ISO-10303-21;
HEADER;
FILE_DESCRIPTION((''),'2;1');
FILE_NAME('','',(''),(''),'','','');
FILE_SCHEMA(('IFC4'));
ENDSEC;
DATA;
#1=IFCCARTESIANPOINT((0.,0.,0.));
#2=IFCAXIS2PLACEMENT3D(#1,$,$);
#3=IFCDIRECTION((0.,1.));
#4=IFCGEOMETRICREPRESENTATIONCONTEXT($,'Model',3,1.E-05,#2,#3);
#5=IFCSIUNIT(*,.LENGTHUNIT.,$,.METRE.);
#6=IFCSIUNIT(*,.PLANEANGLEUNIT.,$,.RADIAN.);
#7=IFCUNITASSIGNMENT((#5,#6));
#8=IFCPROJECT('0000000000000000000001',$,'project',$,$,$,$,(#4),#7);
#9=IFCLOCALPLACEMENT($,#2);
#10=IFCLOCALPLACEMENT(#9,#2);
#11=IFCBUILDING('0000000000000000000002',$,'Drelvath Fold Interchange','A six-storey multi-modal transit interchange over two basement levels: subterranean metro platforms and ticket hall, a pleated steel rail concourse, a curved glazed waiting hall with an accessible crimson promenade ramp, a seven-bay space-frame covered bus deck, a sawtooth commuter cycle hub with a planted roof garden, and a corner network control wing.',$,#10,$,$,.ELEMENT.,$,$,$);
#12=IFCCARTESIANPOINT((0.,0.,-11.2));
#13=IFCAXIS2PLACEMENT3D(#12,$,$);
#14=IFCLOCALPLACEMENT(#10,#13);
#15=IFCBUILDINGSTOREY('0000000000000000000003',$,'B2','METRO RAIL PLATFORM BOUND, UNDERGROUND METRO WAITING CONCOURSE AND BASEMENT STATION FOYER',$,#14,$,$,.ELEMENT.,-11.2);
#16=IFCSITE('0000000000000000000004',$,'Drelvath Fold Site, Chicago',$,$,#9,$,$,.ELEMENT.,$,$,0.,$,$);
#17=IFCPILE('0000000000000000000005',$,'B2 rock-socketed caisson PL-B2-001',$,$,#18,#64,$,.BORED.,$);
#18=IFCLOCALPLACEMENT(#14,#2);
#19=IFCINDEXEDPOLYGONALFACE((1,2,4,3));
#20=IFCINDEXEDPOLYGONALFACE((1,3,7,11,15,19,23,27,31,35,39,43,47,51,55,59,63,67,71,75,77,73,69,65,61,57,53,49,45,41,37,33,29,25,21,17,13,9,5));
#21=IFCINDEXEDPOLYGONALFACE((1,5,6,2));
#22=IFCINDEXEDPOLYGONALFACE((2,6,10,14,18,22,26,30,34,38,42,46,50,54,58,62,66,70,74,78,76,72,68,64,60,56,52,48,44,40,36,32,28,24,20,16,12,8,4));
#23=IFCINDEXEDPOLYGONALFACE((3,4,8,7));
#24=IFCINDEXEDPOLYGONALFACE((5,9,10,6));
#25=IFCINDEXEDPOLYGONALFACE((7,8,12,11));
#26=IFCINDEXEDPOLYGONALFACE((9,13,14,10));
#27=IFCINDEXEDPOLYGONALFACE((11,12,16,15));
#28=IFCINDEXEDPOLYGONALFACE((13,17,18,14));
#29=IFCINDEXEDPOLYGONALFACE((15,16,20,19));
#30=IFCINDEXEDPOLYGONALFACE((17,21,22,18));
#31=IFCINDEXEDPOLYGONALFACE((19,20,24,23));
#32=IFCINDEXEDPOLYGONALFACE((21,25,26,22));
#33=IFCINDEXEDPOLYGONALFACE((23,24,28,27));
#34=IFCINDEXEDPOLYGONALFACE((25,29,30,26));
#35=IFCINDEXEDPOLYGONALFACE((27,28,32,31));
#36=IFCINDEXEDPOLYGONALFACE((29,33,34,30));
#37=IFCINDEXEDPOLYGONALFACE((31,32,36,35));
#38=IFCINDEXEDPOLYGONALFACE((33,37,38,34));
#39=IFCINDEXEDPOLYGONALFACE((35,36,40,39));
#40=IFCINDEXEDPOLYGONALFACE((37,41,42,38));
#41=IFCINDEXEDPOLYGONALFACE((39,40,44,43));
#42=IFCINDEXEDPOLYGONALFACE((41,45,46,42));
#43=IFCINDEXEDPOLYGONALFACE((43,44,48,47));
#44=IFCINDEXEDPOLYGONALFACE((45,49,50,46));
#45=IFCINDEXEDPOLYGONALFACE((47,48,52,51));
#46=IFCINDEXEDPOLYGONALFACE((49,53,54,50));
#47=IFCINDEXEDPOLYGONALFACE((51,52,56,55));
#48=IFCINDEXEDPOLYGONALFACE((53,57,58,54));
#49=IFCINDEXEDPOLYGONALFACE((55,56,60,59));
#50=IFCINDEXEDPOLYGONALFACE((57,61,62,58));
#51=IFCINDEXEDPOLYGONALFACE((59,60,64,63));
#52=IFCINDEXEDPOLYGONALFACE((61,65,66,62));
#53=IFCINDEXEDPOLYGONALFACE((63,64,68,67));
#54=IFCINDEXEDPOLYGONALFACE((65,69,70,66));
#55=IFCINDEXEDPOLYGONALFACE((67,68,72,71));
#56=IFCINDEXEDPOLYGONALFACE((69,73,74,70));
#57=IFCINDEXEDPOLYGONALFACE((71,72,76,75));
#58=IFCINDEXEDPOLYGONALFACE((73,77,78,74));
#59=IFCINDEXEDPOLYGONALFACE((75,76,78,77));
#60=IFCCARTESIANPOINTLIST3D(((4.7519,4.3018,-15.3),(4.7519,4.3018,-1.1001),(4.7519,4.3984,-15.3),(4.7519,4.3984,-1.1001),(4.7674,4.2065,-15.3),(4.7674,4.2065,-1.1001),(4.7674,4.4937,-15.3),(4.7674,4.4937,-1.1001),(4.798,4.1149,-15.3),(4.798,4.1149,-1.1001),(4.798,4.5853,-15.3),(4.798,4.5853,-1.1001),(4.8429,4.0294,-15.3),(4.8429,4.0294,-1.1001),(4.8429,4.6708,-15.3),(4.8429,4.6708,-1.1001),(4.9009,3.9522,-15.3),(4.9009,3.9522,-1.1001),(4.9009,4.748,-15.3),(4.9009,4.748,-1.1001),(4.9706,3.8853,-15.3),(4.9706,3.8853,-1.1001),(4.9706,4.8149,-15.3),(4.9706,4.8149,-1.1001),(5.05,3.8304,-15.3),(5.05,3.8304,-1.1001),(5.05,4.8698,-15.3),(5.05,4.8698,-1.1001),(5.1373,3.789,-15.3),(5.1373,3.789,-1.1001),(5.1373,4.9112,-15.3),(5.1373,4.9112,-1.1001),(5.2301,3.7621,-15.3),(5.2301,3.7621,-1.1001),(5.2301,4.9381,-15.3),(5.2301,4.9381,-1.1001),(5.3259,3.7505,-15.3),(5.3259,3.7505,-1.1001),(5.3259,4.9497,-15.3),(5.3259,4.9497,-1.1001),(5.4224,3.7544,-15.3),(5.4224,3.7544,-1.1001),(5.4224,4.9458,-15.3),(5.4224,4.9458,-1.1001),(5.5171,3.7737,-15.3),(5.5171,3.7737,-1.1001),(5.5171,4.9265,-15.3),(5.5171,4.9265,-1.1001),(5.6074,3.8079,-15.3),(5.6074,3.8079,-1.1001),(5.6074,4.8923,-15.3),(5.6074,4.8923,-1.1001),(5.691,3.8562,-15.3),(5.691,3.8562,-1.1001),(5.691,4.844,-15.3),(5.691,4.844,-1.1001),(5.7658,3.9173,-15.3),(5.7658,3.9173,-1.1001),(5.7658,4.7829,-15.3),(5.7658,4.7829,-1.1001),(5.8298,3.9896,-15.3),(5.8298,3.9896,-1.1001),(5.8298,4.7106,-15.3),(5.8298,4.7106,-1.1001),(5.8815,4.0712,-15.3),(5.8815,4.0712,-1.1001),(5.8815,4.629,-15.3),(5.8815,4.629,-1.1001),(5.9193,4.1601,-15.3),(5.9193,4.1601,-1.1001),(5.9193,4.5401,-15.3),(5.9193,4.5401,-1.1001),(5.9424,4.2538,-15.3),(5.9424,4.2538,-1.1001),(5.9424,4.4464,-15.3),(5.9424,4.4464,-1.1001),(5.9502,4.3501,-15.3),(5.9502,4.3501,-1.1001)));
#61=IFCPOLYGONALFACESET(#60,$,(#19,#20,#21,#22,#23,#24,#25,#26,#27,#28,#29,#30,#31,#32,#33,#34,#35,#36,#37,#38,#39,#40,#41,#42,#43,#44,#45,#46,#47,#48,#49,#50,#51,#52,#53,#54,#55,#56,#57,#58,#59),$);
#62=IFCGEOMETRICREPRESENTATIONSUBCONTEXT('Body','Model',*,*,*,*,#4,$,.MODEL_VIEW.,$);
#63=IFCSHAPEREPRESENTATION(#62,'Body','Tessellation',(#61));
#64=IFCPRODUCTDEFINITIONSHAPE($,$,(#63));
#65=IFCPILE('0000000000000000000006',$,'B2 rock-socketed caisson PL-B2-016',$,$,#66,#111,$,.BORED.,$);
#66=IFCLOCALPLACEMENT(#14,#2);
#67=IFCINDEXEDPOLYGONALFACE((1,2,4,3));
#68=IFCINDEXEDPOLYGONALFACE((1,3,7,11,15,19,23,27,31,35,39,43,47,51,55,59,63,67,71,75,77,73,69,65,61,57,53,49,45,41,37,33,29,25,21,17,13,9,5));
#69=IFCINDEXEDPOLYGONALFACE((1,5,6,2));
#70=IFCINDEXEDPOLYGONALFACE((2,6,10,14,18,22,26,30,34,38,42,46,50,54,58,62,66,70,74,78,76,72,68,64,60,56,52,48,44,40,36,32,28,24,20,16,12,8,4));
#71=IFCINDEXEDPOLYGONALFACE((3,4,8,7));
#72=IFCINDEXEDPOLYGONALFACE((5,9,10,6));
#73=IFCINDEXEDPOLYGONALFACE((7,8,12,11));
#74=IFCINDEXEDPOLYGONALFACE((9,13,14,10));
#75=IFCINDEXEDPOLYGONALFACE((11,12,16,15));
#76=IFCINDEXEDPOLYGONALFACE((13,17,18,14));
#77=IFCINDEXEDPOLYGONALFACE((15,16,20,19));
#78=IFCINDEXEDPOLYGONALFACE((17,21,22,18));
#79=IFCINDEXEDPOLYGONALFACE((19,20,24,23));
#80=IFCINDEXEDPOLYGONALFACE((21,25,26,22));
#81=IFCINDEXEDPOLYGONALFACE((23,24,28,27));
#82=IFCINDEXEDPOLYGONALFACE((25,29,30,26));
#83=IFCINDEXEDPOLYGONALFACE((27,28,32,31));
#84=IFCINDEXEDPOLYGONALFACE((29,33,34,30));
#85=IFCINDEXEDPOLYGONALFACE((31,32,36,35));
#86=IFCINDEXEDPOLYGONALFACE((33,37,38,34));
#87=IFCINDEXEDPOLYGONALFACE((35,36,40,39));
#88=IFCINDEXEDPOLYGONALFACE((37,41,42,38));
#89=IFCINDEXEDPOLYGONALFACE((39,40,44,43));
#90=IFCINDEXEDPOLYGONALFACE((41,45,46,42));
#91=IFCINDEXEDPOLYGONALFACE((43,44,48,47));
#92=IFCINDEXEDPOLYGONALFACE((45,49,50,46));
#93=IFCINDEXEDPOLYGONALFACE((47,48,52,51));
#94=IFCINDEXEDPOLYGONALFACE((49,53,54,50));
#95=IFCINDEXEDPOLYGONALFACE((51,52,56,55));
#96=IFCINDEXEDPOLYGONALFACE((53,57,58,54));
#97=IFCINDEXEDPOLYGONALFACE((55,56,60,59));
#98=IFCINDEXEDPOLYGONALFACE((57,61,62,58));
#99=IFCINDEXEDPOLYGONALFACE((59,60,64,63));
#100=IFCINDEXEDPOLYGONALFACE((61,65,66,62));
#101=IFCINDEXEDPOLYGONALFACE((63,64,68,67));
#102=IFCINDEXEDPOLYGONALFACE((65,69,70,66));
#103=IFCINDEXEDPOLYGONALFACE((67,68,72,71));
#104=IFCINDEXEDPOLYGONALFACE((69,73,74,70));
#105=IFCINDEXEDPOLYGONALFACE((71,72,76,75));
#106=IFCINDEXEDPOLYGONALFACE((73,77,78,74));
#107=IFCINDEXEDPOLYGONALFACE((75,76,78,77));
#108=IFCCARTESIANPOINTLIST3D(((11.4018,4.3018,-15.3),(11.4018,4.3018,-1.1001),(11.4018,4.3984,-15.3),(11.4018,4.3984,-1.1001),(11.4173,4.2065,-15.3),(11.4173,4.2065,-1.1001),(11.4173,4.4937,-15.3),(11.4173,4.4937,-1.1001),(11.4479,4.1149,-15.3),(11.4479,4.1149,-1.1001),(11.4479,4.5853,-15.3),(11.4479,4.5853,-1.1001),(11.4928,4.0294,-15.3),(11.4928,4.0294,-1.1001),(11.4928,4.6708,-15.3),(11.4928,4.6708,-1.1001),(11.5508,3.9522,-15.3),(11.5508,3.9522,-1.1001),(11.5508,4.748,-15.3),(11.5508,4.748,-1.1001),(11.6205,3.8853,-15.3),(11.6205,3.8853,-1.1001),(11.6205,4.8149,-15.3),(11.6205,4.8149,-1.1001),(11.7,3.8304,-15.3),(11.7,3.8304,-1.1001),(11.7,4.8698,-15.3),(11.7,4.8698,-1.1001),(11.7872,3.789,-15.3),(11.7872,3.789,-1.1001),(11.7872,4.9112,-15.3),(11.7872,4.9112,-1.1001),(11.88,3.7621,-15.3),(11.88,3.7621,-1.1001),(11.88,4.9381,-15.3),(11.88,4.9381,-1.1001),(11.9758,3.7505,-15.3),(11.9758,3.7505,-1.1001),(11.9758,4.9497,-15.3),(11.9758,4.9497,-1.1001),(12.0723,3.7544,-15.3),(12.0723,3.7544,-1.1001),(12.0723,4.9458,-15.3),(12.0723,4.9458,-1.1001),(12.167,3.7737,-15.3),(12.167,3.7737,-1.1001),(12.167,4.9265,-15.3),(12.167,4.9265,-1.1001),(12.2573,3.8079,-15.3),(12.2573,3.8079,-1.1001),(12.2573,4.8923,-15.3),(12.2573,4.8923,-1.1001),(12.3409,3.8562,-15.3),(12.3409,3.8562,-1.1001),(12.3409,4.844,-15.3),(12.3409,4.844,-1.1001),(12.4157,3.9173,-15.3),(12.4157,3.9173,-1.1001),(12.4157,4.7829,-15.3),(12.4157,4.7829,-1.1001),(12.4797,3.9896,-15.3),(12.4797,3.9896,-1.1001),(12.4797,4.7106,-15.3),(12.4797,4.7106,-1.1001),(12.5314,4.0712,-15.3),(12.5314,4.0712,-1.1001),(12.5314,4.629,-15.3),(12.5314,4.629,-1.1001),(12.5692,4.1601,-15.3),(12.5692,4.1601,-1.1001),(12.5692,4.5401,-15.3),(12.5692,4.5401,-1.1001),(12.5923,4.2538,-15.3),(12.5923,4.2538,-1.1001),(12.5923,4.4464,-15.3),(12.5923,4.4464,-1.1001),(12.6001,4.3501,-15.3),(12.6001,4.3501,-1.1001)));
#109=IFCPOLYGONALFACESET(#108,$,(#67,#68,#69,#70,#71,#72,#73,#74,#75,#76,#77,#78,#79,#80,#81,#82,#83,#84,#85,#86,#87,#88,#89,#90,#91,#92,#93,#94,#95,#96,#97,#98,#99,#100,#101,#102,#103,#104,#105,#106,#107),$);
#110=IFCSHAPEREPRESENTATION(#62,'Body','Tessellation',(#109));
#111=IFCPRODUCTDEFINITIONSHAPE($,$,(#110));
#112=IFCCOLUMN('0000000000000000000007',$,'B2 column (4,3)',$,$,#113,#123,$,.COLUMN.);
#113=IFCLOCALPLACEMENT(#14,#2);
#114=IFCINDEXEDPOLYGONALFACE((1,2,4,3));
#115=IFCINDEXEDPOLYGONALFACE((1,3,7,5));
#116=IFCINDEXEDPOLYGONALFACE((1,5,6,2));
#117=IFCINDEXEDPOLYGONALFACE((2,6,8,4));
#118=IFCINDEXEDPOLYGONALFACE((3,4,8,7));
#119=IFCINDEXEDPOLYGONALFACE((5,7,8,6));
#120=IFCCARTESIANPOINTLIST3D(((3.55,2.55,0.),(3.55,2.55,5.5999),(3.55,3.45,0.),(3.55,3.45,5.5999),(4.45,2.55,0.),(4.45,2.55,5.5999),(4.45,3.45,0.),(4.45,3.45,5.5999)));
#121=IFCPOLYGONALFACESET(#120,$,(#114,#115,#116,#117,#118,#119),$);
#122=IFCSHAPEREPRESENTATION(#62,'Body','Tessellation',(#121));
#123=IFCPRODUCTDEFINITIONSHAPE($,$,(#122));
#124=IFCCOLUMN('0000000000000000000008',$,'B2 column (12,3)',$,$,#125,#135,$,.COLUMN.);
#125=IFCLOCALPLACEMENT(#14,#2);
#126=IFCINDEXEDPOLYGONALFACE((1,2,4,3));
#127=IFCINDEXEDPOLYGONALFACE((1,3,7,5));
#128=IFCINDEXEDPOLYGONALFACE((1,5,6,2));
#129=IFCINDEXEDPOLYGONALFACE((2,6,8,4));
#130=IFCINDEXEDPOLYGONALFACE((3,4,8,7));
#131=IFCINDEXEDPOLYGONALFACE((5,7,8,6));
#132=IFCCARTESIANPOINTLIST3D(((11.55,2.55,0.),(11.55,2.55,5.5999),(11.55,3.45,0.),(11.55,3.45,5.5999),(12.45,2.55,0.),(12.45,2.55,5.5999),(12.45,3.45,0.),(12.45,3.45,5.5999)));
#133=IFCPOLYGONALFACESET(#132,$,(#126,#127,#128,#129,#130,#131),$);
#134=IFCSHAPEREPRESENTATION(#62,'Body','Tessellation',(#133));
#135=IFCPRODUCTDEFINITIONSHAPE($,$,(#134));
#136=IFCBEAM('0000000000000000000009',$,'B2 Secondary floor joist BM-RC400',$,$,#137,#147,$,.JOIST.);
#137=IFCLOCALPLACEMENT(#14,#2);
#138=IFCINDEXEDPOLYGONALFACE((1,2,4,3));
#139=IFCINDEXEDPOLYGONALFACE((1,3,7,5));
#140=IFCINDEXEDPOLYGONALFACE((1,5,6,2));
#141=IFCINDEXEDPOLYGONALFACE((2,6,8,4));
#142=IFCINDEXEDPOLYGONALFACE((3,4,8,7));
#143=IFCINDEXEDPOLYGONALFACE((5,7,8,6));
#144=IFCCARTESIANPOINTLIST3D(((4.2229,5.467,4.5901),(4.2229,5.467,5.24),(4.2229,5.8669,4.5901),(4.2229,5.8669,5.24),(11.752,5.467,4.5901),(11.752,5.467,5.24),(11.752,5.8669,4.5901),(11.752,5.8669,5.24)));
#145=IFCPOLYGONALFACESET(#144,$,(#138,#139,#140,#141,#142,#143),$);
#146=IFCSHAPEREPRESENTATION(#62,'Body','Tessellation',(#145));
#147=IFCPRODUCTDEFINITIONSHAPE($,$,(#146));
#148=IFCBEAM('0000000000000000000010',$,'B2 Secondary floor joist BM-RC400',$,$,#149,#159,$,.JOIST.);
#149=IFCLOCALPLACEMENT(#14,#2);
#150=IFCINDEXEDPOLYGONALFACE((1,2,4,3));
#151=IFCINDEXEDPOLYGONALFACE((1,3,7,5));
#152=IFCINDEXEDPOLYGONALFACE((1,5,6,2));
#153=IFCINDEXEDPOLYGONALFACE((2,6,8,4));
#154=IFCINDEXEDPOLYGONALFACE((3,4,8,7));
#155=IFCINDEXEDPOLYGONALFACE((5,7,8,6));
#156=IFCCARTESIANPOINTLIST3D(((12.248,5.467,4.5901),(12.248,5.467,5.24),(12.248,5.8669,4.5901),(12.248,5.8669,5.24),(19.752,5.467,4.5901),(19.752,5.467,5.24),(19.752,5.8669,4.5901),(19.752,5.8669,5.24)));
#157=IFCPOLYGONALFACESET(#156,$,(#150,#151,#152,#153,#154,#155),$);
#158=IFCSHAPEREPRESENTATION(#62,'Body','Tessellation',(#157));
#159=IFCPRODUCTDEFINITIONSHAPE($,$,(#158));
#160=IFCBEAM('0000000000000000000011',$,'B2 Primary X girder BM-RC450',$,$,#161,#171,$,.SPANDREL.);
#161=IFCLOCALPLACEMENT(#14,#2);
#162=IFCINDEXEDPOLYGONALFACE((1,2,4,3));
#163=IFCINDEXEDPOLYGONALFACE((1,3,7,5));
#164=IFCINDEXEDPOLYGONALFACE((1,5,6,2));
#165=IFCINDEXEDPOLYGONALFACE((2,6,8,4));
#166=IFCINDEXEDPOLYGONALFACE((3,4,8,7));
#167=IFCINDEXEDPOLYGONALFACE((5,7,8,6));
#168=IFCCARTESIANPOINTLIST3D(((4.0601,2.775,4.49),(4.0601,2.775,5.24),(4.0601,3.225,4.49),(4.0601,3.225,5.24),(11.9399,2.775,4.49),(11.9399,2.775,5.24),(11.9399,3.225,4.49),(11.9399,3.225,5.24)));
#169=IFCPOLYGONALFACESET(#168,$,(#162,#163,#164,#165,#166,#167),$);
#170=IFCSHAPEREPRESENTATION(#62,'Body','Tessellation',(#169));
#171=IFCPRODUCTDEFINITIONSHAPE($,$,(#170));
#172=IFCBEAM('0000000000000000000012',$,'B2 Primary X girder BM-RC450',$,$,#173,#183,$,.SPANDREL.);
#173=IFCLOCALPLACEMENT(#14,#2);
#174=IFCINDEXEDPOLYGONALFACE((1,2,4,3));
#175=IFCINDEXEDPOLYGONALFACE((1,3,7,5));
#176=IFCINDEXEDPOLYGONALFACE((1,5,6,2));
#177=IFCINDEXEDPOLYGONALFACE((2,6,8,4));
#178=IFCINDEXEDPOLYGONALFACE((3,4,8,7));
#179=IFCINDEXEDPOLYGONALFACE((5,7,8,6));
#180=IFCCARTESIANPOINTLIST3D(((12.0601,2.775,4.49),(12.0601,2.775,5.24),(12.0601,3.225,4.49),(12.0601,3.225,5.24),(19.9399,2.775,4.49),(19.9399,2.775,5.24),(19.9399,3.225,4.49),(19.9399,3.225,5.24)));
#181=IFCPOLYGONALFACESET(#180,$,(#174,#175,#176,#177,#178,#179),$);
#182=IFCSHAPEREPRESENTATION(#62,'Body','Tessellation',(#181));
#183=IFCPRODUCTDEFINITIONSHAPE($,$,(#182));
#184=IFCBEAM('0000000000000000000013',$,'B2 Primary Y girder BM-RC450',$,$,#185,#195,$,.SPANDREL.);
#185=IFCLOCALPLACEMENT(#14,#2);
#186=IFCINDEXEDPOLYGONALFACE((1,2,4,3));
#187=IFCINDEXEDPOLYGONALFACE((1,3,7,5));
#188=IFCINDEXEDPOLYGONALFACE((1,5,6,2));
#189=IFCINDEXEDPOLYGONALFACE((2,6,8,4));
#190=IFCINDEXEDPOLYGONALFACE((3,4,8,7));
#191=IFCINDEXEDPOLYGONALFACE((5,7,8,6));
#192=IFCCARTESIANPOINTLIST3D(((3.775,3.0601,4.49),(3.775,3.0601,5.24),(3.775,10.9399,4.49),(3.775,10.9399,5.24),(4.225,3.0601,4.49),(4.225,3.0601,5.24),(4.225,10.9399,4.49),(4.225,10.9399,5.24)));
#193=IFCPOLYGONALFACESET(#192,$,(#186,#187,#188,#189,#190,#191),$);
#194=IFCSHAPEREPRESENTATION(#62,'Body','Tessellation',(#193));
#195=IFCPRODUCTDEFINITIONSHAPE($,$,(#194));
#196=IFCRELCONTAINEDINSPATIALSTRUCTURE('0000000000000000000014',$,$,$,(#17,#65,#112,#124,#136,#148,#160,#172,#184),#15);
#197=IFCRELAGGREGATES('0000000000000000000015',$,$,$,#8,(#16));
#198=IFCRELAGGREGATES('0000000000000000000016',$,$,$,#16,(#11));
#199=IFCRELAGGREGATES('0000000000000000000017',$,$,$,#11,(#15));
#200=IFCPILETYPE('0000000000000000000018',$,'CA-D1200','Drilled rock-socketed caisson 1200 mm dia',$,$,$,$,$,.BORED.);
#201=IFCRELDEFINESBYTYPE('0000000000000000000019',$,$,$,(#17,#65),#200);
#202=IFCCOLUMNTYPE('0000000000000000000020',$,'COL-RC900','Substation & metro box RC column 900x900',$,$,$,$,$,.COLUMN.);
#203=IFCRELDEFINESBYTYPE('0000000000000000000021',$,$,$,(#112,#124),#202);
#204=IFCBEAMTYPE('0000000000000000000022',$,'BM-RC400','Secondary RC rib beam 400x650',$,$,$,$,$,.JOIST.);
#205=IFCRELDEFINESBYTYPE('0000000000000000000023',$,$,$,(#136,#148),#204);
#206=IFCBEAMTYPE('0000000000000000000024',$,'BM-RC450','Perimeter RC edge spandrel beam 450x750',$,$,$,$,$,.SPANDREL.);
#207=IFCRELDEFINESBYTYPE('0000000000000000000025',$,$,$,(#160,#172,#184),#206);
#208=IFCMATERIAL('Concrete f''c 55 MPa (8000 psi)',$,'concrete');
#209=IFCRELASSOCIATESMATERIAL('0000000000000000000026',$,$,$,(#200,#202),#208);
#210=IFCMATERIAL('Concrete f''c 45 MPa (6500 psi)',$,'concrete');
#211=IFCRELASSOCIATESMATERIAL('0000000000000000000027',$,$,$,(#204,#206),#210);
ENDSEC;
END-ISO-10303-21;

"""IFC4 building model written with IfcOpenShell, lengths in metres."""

from ifc_helpers import new_model, si_unit, direction, frame, origin, origin_2d, place, context, subcontext, project, spatial, rectangle, circle, extrude, material, material_profile, profile_set, type_object, element, save


model = new_model("IFC4")

# Units and contexts
model_context = context("Model", 3, precision=1e-05, world=origin(), true_north=direction((0.0, 1.0)))
body_context = subcontext(model_context, "Body", "Model", "MODEL_VIEW")
ifc_project = project(units=[si_unit("LENGTHUNIT", "METRE"), si_unit("PLANEANGLEUNIT", "RADIAN")], contexts=[model_context])

# Site, building, storey
site_placement = place(None, origin())
site = spatial("IfcSite", under=ifc_project, at=site_placement, Name="Drelvath Fold Site, Chicago", CompositionType="ELEMENT", RefElevation=0.0)
building_placement = place(site_placement, origin())
building = spatial("IfcBuilding", under=site, at=building_placement, Name="Drelvath Fold Interchange", Description="A six-storey multi-modal transit interchange over two basement levels: subterranean metro platforms and ticket hall, a pleated steel rail concourse, a curved glazed waiting hall with an accessible crimson promenade ramp, a seven-bay space-frame covered bus deck, a sawtooth commuter cycle hub with a planted roof garden, and a corner network control wing.", CompositionType="ELEMENT")
storey_placement = place(building_placement, frame((0.0, 0.0, -11.2)))
storey = spatial("IfcBuildingStorey", under=building, at=storey_placement, Name="B2", Description="METRO RAIL PLATFORM BOUND, UNDERGROUND METRO WAITING CONCOURSE AND BASEMENT STATION FOYER", CompositionType="ELEMENT", Elevation=-11.2)

# Piles
ifc_material_1 = material(Name="Concrete f'c 55 MPa (8000 psi)", Category="concrete")
ifc_material_profile_1 = material_profile(ifc_material_1, circle(Radius=0.6001, at=origin_2d()), Name="CAISSON D1200")
ifc_profile_set_1 = profile_set([ifc_material_profile_1], Name="Concrete f'c 55 MPa (8000 psi)")
pile_type = type_object("IfcPileType", Name="CA-D1200", Description="Drilled rock-socketed caisson 1200 mm dia", PredefinedType="BORED", material=ifc_profile_set_1)
for number, where, z_axis, x_axis, name in (
    (1, (5.3501, 4.3501, -1.1001), (0.0, 0.0, -1.0), (1.0, 0.0, 0.0), "B2 rock-socketed caisson PL-B2-001"),
    (2, (12.0, 4.3501, -1.1001), (0.0, 0.0, -1.0), (1.0, 0.0, 0.0), "B2 rock-socketed caisson PL-B2-016"),
):
    element("IfcPile", number, at=place(storey_placement, frame(where, z_axis=z_axis, x_axis=x_axis)), inside=storey, type_object=pile_type, Name=name, PredefinedType="BORED", context=body_context, shape_type="SweptSolid", body=[
        extrude(circle(Radius=0.6001, at=origin_2d()), origin(), (0.0, 0.0, 1.0), 14.2),
    ])

# Columns
ifc_material_profile_2 = material_profile(ifc_material_1, rectangle(XDim=0.8999, YDim=0.8999, at=origin_2d()), Name="RC 900x900")
ifc_profile_set_2 = profile_set([ifc_material_profile_2], Name="Concrete f'c 55 MPa (8000 psi)")
column_type = type_object("IfcColumnType", Name="COL-RC900", Description="Substation & metro box RC column 900x900", PredefinedType="COLUMN", material=ifc_profile_set_2)
for number, where, z_axis, x_axis, name in (
    (3, (4.0, 3.0, 0.0), (0.0, 0.0, 1.0), (1.0, 0.0, 0.0), "B2 column (4,3)"),
    (4, (12.0, 3.0, 0.0), (0.0, 0.0, 1.0), (1.0, 0.0, 0.0), "B2 column (12,3)"),
):
    element("IfcColumn", number, at=place(storey_placement, frame(where, z_axis=z_axis, x_axis=x_axis)), inside=storey, type_object=column_type, Name=name, PredefinedType="COLUMN", context=body_context, shape_type="SweptSolid", body=[
        extrude(rectangle(XDim=0.8999, YDim=0.8999, at=origin_2d()), origin(), (0.0, 0.0, 1.0), 5.5999),
    ])

# Beams
ifc_material_2 = material(Name="Concrete f'c 45 MPa (6500 psi)", Category="concrete")
ifc_material_profile_3 = material_profile(ifc_material_2, rectangle(XDim=0.3999, YDim=0.6499, at=origin_2d()), Name="RC 400x650")
ifc_profile_set_3 = profile_set([ifc_material_profile_3], Name="Concrete f'c 45 MPa (6500 psi)")
beam_type_1 = type_object("IfcBeamType", Name="BM-RC400", Description="Secondary RC rib beam 400x650", PredefinedType="JOIST", material=ifc_profile_set_3)
beam_1_placement = place(storey_placement, frame((4.2229, 5.667, 4.915), z_axis=(1.0, 0.0, 0.0), x_axis=(0.0, 1.0, 0.0)))
element("IfcBeam", 5, at=beam_1_placement, inside=storey, type_object=beam_type_1, Name="B2 Secondary floor joist BM-RC400", PredefinedType="JOIST", context=body_context, shape_type="SweptSolid", body=[
    extrude(rectangle(XDim=0.3999, YDim=0.6499, at=origin_2d()), origin(), (0.0, 0.0, 1.0), 7.5291),
])
beam_2_placement = place(storey_placement, frame((12.248, 5.667, 4.915), z_axis=(1.0, 0.0, 0.0), x_axis=(0.0, 1.0, 0.0)))
element("IfcBeam", 6, at=beam_2_placement, inside=storey, type_object=beam_type_1, Name="B2 Secondary floor joist BM-RC400", PredefinedType="JOIST", context=body_context, shape_type="SweptSolid", body=[
    extrude(rectangle(XDim=0.3999, YDim=0.6499, at=origin_2d()), origin(), (0.0, 0.0, 1.0), 7.5039),
])
ifc_material_profile_4 = material_profile(ifc_material_2, rectangle(XDim=0.45, YDim=0.75, at=origin_2d()), Name="RC 450x750")
ifc_profile_set_4 = profile_set([ifc_material_profile_4], Name="Concrete f'c 45 MPa (6500 psi)")
beam_type_2 = type_object("IfcBeamType", Name="BM-RC450", Description="Perimeter RC edge spandrel beam 450x750", PredefinedType="SPANDREL", material=ifc_profile_set_4)
for number, where, z_axis, x_axis, name in (
    (7, (4.0601, 3.0, 4.865), (1.0, 0.0, 0.0), (0.0, 1.0, 0.0), "B2 Primary X girder BM-RC450"),
    (8, (12.0601, 3.0, 4.865), (1.0, 0.0, 0.0), (0.0, 1.0, 0.0), "B2 Primary X girder BM-RC450"),
    (9, (4.0, 3.0601, 4.865), (0.0, 1.0, 0.0), (-1.0, 0.0, 0.0), "B2 Primary Y girder BM-RC450"),
):
    element("IfcBeam", number, at=place(storey_placement, frame(where, z_axis=z_axis, x_axis=x_axis)), inside=storey, type_object=beam_type_2, Name=name, PredefinedType="SPANDREL", context=body_context, shape_type="SweptSolid", body=[
        extrude(rectangle(XDim=0.45, YDim=0.75, at=origin_2d()), origin(), (0.0, 0.0, 1.0), 7.8799),
    ])

save(model, "model.ifc")
